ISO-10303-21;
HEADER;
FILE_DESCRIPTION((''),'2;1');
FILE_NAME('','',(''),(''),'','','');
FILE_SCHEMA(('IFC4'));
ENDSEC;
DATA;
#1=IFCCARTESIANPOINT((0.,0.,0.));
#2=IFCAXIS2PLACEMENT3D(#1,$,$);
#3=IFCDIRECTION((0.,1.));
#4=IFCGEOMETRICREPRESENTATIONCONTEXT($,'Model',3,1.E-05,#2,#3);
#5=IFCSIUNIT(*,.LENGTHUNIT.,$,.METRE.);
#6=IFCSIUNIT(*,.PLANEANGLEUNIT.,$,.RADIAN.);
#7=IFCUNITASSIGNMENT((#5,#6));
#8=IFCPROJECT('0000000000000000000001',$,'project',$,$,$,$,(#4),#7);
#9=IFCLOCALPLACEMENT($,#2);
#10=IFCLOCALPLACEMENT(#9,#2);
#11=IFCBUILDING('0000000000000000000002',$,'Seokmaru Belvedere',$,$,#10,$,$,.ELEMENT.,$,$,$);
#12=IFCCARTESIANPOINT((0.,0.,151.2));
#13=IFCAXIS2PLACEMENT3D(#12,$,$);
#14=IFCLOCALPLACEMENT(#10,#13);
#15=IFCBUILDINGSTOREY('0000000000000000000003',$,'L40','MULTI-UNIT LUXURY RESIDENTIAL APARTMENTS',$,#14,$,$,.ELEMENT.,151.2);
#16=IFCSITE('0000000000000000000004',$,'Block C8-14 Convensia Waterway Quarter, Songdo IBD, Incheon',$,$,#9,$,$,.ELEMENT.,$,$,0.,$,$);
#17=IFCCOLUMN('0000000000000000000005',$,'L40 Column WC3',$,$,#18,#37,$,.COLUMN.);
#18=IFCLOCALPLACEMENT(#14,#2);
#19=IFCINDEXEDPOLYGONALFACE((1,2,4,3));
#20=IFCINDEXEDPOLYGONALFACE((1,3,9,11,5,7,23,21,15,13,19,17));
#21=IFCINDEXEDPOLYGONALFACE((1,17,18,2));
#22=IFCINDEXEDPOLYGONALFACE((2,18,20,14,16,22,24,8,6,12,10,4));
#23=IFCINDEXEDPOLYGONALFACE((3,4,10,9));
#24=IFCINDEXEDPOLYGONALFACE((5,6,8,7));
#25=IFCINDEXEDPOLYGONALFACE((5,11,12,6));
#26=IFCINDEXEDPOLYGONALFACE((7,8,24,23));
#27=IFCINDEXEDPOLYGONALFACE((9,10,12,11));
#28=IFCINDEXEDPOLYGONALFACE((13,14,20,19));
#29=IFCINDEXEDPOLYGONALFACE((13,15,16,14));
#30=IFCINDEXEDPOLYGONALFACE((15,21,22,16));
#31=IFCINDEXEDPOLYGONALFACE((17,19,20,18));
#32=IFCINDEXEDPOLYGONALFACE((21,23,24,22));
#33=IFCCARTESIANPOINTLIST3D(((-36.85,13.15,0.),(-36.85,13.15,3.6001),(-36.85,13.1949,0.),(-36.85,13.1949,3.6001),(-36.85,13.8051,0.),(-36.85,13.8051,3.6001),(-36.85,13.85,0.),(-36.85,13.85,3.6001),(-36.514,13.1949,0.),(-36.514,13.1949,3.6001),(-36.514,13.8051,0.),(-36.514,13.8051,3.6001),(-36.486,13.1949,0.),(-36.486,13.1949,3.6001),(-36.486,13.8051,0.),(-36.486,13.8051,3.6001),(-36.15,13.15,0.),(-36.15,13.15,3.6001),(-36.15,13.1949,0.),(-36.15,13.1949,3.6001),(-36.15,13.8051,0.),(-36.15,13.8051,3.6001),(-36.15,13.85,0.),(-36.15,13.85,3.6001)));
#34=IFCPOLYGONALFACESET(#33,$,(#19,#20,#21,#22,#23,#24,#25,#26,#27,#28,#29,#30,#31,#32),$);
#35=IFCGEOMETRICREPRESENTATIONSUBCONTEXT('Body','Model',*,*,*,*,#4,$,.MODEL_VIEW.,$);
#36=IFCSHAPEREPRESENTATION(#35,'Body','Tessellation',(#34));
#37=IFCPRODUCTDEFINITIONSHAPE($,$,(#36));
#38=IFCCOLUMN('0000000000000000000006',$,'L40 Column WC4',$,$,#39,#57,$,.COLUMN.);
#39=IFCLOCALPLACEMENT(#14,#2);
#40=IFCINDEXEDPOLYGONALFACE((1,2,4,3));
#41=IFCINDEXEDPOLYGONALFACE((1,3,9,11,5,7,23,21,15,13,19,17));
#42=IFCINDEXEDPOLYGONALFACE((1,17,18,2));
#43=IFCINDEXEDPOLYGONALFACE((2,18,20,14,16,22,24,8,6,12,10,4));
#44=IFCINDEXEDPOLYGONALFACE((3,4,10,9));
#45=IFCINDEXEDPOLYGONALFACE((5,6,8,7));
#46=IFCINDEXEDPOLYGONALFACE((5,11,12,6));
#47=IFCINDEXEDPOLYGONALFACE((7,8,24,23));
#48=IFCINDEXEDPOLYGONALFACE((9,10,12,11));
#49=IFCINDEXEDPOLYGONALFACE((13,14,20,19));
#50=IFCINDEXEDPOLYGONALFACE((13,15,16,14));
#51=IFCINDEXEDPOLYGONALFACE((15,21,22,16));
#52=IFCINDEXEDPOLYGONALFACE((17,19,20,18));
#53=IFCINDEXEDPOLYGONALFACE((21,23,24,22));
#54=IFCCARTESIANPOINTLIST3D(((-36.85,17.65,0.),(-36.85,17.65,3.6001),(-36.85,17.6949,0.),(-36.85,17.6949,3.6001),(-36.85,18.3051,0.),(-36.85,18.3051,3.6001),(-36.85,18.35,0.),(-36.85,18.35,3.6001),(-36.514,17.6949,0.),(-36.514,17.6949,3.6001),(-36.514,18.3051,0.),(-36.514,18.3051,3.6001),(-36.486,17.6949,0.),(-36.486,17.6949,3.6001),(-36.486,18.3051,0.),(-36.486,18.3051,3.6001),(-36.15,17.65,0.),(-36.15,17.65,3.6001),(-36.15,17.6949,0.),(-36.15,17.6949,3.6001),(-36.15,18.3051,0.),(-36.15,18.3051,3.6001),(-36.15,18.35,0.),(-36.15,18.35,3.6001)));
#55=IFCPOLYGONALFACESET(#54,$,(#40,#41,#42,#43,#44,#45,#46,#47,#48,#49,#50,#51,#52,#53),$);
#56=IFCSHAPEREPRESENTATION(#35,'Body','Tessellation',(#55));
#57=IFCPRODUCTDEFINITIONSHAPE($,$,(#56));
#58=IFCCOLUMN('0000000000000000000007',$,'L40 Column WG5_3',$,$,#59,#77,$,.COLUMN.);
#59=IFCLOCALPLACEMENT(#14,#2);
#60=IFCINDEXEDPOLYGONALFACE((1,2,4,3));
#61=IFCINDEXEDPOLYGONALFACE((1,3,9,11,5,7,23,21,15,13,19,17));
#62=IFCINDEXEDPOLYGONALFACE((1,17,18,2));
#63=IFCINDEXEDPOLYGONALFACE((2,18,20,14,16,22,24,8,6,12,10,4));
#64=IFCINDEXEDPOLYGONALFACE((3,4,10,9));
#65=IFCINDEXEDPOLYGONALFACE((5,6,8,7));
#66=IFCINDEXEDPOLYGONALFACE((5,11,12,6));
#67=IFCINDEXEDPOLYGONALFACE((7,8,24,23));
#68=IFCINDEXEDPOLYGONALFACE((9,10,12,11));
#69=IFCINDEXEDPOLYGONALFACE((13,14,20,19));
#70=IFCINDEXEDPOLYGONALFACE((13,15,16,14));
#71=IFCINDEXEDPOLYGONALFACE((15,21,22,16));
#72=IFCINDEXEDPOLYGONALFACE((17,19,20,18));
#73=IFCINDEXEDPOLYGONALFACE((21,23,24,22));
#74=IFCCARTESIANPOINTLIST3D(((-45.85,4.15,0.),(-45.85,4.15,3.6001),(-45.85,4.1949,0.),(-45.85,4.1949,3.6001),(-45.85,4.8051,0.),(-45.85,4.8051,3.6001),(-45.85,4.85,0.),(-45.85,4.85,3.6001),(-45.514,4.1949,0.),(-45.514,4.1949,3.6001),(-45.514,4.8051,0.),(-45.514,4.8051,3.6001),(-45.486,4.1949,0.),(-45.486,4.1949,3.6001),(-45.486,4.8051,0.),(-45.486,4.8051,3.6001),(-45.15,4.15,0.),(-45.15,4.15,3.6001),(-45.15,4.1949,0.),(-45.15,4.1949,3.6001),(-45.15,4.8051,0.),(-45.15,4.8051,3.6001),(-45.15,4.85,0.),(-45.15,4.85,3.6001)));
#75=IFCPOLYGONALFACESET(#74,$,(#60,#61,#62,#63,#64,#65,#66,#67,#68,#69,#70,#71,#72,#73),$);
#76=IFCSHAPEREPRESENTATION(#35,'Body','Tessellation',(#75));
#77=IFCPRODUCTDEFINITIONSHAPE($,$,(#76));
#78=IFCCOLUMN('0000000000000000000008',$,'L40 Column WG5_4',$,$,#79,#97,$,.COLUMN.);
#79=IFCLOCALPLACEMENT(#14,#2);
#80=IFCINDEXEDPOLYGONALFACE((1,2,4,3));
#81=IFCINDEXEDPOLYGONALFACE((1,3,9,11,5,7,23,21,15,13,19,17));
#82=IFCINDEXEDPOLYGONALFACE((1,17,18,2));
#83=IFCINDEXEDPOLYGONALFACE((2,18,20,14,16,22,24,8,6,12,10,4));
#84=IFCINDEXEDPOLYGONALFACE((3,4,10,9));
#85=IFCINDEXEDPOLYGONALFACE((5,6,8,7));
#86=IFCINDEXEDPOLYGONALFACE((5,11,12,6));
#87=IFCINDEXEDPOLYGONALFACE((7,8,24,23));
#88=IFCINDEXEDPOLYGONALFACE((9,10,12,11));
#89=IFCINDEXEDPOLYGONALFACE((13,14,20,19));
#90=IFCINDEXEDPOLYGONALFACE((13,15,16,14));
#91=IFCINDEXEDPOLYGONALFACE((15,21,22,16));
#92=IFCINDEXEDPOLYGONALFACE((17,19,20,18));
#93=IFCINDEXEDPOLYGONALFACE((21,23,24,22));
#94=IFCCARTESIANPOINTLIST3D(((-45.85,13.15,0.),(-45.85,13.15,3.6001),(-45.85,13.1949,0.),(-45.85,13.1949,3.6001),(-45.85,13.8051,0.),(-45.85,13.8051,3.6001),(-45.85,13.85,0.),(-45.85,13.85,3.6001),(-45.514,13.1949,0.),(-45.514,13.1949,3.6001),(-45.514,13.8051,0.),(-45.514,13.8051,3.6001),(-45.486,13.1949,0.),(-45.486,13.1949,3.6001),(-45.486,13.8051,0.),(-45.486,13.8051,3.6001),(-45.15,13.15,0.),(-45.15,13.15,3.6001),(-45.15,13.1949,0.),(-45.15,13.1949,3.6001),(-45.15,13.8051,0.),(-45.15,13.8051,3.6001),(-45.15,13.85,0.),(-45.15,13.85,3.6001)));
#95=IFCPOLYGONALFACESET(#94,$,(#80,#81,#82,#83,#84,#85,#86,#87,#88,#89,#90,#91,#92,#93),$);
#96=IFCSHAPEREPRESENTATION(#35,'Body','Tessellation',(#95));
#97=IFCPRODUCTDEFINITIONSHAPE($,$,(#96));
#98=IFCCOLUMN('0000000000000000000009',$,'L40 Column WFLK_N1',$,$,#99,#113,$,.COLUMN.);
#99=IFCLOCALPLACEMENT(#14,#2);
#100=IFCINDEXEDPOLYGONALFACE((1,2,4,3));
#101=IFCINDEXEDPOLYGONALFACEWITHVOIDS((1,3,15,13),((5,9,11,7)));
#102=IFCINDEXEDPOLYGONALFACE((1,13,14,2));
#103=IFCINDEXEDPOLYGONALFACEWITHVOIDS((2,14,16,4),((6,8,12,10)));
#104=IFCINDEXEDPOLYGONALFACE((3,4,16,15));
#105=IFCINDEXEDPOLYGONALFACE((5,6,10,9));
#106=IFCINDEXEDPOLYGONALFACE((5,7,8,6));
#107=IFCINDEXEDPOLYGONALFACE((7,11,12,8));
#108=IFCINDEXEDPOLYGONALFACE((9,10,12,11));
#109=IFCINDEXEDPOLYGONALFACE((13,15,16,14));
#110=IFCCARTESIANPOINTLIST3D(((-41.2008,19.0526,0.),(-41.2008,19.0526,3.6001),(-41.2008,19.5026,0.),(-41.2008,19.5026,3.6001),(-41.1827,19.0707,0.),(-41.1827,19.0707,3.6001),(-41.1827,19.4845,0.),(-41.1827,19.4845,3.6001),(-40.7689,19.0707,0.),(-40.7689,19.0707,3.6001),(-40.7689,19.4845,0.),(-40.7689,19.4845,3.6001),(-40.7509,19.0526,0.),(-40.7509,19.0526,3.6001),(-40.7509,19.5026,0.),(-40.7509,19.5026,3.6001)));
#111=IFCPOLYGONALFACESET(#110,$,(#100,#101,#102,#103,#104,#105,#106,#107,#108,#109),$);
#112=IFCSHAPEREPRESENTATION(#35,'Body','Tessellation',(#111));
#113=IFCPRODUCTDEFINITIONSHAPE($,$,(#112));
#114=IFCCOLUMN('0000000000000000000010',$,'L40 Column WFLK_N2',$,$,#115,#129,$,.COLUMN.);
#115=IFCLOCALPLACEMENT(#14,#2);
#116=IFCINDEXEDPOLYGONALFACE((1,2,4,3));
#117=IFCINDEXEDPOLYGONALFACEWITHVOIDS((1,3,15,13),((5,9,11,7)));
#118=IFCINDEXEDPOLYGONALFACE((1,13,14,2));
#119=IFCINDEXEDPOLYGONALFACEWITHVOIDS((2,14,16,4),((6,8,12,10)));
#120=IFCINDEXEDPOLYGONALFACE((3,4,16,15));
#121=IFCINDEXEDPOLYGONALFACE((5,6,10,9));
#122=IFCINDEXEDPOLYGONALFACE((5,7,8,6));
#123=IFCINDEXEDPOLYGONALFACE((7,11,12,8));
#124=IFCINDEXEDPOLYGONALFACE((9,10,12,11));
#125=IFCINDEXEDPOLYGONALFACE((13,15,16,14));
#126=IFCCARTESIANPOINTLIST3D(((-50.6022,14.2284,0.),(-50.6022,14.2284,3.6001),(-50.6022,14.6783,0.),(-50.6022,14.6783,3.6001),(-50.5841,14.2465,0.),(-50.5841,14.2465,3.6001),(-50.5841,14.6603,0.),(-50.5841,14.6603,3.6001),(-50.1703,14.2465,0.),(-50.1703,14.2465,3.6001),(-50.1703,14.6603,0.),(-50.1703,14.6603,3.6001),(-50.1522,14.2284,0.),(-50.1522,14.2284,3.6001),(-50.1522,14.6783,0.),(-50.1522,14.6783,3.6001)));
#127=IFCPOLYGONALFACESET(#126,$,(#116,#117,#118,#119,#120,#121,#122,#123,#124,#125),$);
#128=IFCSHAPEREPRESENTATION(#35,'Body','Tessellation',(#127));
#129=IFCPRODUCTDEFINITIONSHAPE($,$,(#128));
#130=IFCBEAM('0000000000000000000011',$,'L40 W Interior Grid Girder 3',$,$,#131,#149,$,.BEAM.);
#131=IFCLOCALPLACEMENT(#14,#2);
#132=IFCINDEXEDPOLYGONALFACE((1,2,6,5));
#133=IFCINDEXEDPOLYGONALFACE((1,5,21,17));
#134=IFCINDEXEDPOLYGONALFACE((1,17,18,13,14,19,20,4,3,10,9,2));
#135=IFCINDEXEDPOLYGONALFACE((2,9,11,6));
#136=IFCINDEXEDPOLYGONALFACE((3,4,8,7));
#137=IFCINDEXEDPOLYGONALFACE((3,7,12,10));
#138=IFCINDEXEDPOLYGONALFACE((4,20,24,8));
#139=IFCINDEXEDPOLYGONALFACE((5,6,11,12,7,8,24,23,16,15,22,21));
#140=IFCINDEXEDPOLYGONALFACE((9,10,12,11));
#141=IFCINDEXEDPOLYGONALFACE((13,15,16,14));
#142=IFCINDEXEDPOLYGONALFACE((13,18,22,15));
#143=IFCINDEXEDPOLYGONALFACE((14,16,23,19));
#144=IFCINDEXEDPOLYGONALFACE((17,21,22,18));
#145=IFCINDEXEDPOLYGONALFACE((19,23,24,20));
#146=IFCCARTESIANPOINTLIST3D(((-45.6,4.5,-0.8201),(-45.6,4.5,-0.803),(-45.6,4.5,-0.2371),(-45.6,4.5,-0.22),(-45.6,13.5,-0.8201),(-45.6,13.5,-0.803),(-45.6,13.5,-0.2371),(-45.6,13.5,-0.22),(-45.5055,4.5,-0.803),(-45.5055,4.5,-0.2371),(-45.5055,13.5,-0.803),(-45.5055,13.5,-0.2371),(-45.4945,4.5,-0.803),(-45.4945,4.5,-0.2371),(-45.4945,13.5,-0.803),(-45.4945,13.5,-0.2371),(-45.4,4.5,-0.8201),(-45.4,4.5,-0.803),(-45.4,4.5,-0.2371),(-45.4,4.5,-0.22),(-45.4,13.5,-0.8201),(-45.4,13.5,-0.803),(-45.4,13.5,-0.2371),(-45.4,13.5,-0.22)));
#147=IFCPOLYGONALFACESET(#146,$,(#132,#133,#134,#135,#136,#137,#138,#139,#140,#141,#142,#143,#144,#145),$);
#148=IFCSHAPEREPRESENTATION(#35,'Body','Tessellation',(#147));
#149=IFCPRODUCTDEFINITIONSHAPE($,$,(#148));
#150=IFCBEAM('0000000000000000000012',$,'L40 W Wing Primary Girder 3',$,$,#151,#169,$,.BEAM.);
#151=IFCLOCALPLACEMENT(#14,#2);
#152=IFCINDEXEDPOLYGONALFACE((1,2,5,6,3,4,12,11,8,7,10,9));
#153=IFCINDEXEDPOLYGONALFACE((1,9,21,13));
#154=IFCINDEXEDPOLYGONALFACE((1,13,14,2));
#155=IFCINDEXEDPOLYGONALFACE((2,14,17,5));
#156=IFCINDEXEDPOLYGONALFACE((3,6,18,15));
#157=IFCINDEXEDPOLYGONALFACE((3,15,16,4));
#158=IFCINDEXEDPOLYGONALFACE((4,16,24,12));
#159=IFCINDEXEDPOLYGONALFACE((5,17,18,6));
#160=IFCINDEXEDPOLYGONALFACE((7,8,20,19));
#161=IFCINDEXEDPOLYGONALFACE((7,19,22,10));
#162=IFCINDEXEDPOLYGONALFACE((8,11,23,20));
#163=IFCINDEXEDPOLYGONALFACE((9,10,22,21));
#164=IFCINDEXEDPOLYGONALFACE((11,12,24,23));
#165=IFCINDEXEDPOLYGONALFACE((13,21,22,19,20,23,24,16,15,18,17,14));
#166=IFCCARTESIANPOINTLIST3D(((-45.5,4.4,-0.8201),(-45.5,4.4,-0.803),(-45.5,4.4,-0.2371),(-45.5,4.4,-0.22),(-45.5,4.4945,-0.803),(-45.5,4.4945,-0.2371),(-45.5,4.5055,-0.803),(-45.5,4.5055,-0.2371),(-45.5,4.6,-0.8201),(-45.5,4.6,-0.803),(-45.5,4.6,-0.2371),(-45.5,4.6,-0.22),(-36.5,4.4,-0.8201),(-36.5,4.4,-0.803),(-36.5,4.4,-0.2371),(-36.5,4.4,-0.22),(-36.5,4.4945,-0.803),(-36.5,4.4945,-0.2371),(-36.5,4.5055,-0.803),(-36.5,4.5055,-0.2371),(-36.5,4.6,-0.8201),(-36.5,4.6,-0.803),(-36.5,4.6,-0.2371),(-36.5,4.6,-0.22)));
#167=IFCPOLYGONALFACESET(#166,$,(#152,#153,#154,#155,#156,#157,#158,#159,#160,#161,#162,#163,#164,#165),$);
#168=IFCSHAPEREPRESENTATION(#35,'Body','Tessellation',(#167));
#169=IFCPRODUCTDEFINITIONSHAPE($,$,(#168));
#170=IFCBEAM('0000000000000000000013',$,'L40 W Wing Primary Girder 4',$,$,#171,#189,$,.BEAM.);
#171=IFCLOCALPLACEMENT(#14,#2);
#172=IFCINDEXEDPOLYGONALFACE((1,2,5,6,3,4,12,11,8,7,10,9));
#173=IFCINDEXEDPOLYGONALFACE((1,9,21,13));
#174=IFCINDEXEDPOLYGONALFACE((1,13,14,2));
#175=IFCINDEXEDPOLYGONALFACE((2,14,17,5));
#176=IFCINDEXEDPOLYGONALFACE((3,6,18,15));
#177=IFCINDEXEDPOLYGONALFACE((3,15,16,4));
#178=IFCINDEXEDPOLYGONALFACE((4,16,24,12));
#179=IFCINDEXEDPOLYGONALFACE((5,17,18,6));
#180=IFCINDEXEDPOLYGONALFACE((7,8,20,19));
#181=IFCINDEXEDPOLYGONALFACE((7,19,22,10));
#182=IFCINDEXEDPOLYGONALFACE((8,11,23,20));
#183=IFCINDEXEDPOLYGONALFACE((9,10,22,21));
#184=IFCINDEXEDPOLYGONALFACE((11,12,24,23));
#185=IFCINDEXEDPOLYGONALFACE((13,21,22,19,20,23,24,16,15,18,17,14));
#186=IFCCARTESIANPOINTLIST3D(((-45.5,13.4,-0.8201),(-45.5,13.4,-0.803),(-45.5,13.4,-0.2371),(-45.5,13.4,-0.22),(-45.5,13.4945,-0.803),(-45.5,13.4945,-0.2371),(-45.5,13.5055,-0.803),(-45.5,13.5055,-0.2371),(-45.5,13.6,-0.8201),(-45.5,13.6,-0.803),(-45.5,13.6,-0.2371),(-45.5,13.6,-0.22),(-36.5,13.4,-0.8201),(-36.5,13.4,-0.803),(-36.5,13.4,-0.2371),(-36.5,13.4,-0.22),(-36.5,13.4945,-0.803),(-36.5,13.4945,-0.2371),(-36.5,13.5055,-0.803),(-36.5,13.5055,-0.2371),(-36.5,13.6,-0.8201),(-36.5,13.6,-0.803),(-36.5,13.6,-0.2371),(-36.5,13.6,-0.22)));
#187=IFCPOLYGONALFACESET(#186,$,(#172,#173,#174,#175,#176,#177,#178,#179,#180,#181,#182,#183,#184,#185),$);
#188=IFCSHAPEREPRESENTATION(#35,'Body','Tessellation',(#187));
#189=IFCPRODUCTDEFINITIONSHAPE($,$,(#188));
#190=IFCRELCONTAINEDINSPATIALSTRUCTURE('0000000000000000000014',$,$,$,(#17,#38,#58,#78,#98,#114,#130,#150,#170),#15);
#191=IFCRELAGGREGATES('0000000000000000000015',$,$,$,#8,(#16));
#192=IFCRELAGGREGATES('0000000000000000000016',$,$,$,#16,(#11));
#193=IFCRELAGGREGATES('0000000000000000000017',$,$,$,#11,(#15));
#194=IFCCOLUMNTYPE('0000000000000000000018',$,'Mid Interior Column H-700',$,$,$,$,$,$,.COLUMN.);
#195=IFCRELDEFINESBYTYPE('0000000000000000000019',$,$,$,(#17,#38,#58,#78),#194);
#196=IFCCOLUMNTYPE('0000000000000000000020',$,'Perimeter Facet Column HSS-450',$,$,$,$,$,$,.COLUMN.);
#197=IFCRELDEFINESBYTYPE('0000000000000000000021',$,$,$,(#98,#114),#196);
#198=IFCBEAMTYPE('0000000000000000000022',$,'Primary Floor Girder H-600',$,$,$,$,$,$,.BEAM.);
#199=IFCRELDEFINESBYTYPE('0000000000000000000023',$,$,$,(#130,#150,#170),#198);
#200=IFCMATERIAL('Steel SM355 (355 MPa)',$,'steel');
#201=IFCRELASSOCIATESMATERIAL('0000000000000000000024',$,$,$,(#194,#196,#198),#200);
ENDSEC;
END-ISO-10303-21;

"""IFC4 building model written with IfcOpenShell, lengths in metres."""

from ifc_helpers import new_model, si_unit, direction, frame, origin, origin_2d, place, context, subcontext, project, spatial, hollow_rectangle, i_section, extrude, source, transform, mapped, material, material_profile, profile_set, type_object, type_shapes, element, save


model = new_model("IFC4")

# Units and contexts
model_context = context("Model", 3, precision=1e-05, world=origin(), true_north=direction((0.0, 1.0)))
body_context = subcontext(model_context, "Body", "Model", "MODEL_VIEW")
ifc_project = project(units=[si_unit("LENGTHUNIT", "METRE"), si_unit("PLANEANGLEUNIT", "RADIAN")], contexts=[model_context])

# Site, building, storey
site_placement = place(None, origin())
site = spatial("IfcSite", under=ifc_project, at=site_placement, Name="Block C8-14 Convensia Waterway Quarter, Songdo IBD, Incheon", CompositionType="ELEMENT", RefElevation=0.0)
building_placement = place(site_placement, origin())
building = spatial("IfcBuilding", under=site, at=building_placement, Name="Seokmaru Belvedere", CompositionType="ELEMENT")
storey_placement = place(building_placement, frame((0.0, 0.0, 151.2)))
storey = spatial("IfcBuildingStorey", under=building, at=storey_placement, Name="L40", Description="MULTI-UNIT LUXURY RESIDENTIAL APARTMENTS", CompositionType="ELEMENT", Elevation=151.2)

# Columns
ifc_material_1 = material(Name="Steel SM355 (355 MPa)", Category="steel")
ifc_material_profile_1 = material_profile(ifc_material_1, i_section(OverallWidth=0.7, OverallDepth=0.7, WebThickness=0.0281, FlangeThickness=0.0449, at=origin_2d()), Name="H-700x700x28x45")
ifc_profile_set_1 = profile_set([ifc_material_profile_1], Name="Steel SM355 (355 MPa)")
column_type_1 = type_object("IfcColumnType", Name="Mid Interior Column H-700", PredefinedType="COLUMN", material=ifc_profile_set_1)
shared_shape_1 = source(origin(), body_context, "Body", "SweptSolid", [
    extrude(i_section(OverallWidth=0.7, OverallDepth=0.7, WebThickness=0.0281, FlangeThickness=0.0449, at=origin_2d()), origin(), (0.0, 0.0, 1.0), 3.6001),
])
type_shapes(column_type_1, [shared_shape_1])
for number, where, z_axis, x_axis, name in (
    (1, (-36.5, 13.5, 0.0), (0.0, 0.0, 1.0), (1.0, 0.0, 0.0), "L40 Column WC3"),
    (2, (-36.5, 18.0, 0.0), (0.0, 0.0, 1.0), (1.0, 0.0, 0.0), "L40 Column WC4"),
    (3, (-45.5, 4.5, 0.0), (0.0, 0.0, 1.0), (1.0, 0.0, 0.0), "L40 Column WG5_3"),
    (4, (-45.5, 13.5, 0.0), (0.0, 0.0, 1.0), (1.0, 0.0, 0.0), "L40 Column WG5_4"),
):
    element("IfcColumn", number, at=place(storey_placement, frame(where, z_axis=z_axis, x_axis=x_axis)), inside=storey, type_object=column_type_1, Name=name, PredefinedType="COLUMN", context=body_context, shape_type="MappedRepresentation", body=[
        mapped(shared_shape_1, transform((0.0, 0.0, 0.0), scale=1.0)),
    ])
ifc_material_profile_2 = material_profile(ifc_material_1, hollow_rectangle(XDim=0.45, YDim=0.45, WallThickness=0.0181, at=origin_2d()), Name="HSS-450x450x18")
ifc_profile_set_2 = profile_set([ifc_material_profile_2], Name="Steel SM355 (355 MPa)")
column_type_2 = type_object("IfcColumnType", Name="Perimeter Facet Column HSS-450", PredefinedType="COLUMN", material=ifc_profile_set_2)
shared_shape_2 = source(origin(), body_context, "Body", "SweptSolid", [
    extrude(hollow_rectangle(XDim=0.45, YDim=0.45, WallThickness=0.0181, at=origin_2d()), origin(), (0.0, 0.0, 1.0), 3.6001),
])
type_shapes(column_type_2, [shared_shape_2])
for number, where, z_axis, x_axis, name in (
    (5, (-40.9758, 19.2776, 0.0), (0.0, 0.0, 1.0), (1.0, 0.0, 0.0), "L40 Column WFLK_N1"),
    (6, (-50.3772, 14.4534, 0.0), (0.0, 0.0, 1.0), (1.0, 0.0, 0.0), "L40 Column WFLK_N2"),
):
    element("IfcColumn", number, at=place(storey_placement, frame(where, z_axis=z_axis, x_axis=x_axis)), inside=storey, type_object=column_type_2, Name=name, PredefinedType="COLUMN", context=body_context, shape_type="MappedRepresentation", body=[
        mapped(shared_shape_2, transform((0.0, 0.0, 0.0), scale=1.0)),
    ])

# Beams
ifc_material_profile_3 = material_profile(ifc_material_1, i_section(OverallWidth=0.2, OverallDepth=0.6001, WebThickness=0.011, FlangeThickness=0.0171, at=origin_2d()), Name="H-600x200x11x17")
ifc_profile_set_3 = profile_set([ifc_material_profile_3], Name="Steel SM355 (355 MPa)")
beam_type_1 = type_object("IfcBeamType", Name="Primary Floor Girder H-600", PredefinedType="BEAM", material=ifc_profile_set_3)
shared_shape_3 = source(origin(), body_context, "Body", "SweptSolid", [
    extrude(i_section(OverallWidth=0.2, OverallDepth=0.6001, WebThickness=0.011, FlangeThickness=0.0171, at=origin_2d()), origin(), (0.0, 0.0, 1.0), 9.0),
])
for number, where, z_axis, x_axis, name in (
    (7, (-45.5, 4.5, -0.52), (0.0, 1.0, 0.0), (-1.0, 0.0, 0.0), "L40 W Interior Grid Girder 3"),
    (8, (-45.5, 4.5, -0.52), (1.0, 0.0, 0.0), (0.0, 1.0, 0.0), "L40 W Wing Primary Girder 3"),
    (9, (-45.5, 13.5, -0.52), (1.0, 0.0, 0.0), (0.0, 1.0, 0.0), "L40 W Wing Primary Girder 4"),
):
    element("IfcBeam", number, at=place(storey_placement, frame(where, z_axis=z_axis, x_axis=x_axis)), inside=storey, type_object=beam_type_1, Name=name, PredefinedType="BEAM", context=body_context, shape_type="MappedRepresentation", body=[
        mapped(shared_shape_3, transform((0.0, 0.0, 0.0), scale=1.0)),
    ])

save(model, "model.ifc")
